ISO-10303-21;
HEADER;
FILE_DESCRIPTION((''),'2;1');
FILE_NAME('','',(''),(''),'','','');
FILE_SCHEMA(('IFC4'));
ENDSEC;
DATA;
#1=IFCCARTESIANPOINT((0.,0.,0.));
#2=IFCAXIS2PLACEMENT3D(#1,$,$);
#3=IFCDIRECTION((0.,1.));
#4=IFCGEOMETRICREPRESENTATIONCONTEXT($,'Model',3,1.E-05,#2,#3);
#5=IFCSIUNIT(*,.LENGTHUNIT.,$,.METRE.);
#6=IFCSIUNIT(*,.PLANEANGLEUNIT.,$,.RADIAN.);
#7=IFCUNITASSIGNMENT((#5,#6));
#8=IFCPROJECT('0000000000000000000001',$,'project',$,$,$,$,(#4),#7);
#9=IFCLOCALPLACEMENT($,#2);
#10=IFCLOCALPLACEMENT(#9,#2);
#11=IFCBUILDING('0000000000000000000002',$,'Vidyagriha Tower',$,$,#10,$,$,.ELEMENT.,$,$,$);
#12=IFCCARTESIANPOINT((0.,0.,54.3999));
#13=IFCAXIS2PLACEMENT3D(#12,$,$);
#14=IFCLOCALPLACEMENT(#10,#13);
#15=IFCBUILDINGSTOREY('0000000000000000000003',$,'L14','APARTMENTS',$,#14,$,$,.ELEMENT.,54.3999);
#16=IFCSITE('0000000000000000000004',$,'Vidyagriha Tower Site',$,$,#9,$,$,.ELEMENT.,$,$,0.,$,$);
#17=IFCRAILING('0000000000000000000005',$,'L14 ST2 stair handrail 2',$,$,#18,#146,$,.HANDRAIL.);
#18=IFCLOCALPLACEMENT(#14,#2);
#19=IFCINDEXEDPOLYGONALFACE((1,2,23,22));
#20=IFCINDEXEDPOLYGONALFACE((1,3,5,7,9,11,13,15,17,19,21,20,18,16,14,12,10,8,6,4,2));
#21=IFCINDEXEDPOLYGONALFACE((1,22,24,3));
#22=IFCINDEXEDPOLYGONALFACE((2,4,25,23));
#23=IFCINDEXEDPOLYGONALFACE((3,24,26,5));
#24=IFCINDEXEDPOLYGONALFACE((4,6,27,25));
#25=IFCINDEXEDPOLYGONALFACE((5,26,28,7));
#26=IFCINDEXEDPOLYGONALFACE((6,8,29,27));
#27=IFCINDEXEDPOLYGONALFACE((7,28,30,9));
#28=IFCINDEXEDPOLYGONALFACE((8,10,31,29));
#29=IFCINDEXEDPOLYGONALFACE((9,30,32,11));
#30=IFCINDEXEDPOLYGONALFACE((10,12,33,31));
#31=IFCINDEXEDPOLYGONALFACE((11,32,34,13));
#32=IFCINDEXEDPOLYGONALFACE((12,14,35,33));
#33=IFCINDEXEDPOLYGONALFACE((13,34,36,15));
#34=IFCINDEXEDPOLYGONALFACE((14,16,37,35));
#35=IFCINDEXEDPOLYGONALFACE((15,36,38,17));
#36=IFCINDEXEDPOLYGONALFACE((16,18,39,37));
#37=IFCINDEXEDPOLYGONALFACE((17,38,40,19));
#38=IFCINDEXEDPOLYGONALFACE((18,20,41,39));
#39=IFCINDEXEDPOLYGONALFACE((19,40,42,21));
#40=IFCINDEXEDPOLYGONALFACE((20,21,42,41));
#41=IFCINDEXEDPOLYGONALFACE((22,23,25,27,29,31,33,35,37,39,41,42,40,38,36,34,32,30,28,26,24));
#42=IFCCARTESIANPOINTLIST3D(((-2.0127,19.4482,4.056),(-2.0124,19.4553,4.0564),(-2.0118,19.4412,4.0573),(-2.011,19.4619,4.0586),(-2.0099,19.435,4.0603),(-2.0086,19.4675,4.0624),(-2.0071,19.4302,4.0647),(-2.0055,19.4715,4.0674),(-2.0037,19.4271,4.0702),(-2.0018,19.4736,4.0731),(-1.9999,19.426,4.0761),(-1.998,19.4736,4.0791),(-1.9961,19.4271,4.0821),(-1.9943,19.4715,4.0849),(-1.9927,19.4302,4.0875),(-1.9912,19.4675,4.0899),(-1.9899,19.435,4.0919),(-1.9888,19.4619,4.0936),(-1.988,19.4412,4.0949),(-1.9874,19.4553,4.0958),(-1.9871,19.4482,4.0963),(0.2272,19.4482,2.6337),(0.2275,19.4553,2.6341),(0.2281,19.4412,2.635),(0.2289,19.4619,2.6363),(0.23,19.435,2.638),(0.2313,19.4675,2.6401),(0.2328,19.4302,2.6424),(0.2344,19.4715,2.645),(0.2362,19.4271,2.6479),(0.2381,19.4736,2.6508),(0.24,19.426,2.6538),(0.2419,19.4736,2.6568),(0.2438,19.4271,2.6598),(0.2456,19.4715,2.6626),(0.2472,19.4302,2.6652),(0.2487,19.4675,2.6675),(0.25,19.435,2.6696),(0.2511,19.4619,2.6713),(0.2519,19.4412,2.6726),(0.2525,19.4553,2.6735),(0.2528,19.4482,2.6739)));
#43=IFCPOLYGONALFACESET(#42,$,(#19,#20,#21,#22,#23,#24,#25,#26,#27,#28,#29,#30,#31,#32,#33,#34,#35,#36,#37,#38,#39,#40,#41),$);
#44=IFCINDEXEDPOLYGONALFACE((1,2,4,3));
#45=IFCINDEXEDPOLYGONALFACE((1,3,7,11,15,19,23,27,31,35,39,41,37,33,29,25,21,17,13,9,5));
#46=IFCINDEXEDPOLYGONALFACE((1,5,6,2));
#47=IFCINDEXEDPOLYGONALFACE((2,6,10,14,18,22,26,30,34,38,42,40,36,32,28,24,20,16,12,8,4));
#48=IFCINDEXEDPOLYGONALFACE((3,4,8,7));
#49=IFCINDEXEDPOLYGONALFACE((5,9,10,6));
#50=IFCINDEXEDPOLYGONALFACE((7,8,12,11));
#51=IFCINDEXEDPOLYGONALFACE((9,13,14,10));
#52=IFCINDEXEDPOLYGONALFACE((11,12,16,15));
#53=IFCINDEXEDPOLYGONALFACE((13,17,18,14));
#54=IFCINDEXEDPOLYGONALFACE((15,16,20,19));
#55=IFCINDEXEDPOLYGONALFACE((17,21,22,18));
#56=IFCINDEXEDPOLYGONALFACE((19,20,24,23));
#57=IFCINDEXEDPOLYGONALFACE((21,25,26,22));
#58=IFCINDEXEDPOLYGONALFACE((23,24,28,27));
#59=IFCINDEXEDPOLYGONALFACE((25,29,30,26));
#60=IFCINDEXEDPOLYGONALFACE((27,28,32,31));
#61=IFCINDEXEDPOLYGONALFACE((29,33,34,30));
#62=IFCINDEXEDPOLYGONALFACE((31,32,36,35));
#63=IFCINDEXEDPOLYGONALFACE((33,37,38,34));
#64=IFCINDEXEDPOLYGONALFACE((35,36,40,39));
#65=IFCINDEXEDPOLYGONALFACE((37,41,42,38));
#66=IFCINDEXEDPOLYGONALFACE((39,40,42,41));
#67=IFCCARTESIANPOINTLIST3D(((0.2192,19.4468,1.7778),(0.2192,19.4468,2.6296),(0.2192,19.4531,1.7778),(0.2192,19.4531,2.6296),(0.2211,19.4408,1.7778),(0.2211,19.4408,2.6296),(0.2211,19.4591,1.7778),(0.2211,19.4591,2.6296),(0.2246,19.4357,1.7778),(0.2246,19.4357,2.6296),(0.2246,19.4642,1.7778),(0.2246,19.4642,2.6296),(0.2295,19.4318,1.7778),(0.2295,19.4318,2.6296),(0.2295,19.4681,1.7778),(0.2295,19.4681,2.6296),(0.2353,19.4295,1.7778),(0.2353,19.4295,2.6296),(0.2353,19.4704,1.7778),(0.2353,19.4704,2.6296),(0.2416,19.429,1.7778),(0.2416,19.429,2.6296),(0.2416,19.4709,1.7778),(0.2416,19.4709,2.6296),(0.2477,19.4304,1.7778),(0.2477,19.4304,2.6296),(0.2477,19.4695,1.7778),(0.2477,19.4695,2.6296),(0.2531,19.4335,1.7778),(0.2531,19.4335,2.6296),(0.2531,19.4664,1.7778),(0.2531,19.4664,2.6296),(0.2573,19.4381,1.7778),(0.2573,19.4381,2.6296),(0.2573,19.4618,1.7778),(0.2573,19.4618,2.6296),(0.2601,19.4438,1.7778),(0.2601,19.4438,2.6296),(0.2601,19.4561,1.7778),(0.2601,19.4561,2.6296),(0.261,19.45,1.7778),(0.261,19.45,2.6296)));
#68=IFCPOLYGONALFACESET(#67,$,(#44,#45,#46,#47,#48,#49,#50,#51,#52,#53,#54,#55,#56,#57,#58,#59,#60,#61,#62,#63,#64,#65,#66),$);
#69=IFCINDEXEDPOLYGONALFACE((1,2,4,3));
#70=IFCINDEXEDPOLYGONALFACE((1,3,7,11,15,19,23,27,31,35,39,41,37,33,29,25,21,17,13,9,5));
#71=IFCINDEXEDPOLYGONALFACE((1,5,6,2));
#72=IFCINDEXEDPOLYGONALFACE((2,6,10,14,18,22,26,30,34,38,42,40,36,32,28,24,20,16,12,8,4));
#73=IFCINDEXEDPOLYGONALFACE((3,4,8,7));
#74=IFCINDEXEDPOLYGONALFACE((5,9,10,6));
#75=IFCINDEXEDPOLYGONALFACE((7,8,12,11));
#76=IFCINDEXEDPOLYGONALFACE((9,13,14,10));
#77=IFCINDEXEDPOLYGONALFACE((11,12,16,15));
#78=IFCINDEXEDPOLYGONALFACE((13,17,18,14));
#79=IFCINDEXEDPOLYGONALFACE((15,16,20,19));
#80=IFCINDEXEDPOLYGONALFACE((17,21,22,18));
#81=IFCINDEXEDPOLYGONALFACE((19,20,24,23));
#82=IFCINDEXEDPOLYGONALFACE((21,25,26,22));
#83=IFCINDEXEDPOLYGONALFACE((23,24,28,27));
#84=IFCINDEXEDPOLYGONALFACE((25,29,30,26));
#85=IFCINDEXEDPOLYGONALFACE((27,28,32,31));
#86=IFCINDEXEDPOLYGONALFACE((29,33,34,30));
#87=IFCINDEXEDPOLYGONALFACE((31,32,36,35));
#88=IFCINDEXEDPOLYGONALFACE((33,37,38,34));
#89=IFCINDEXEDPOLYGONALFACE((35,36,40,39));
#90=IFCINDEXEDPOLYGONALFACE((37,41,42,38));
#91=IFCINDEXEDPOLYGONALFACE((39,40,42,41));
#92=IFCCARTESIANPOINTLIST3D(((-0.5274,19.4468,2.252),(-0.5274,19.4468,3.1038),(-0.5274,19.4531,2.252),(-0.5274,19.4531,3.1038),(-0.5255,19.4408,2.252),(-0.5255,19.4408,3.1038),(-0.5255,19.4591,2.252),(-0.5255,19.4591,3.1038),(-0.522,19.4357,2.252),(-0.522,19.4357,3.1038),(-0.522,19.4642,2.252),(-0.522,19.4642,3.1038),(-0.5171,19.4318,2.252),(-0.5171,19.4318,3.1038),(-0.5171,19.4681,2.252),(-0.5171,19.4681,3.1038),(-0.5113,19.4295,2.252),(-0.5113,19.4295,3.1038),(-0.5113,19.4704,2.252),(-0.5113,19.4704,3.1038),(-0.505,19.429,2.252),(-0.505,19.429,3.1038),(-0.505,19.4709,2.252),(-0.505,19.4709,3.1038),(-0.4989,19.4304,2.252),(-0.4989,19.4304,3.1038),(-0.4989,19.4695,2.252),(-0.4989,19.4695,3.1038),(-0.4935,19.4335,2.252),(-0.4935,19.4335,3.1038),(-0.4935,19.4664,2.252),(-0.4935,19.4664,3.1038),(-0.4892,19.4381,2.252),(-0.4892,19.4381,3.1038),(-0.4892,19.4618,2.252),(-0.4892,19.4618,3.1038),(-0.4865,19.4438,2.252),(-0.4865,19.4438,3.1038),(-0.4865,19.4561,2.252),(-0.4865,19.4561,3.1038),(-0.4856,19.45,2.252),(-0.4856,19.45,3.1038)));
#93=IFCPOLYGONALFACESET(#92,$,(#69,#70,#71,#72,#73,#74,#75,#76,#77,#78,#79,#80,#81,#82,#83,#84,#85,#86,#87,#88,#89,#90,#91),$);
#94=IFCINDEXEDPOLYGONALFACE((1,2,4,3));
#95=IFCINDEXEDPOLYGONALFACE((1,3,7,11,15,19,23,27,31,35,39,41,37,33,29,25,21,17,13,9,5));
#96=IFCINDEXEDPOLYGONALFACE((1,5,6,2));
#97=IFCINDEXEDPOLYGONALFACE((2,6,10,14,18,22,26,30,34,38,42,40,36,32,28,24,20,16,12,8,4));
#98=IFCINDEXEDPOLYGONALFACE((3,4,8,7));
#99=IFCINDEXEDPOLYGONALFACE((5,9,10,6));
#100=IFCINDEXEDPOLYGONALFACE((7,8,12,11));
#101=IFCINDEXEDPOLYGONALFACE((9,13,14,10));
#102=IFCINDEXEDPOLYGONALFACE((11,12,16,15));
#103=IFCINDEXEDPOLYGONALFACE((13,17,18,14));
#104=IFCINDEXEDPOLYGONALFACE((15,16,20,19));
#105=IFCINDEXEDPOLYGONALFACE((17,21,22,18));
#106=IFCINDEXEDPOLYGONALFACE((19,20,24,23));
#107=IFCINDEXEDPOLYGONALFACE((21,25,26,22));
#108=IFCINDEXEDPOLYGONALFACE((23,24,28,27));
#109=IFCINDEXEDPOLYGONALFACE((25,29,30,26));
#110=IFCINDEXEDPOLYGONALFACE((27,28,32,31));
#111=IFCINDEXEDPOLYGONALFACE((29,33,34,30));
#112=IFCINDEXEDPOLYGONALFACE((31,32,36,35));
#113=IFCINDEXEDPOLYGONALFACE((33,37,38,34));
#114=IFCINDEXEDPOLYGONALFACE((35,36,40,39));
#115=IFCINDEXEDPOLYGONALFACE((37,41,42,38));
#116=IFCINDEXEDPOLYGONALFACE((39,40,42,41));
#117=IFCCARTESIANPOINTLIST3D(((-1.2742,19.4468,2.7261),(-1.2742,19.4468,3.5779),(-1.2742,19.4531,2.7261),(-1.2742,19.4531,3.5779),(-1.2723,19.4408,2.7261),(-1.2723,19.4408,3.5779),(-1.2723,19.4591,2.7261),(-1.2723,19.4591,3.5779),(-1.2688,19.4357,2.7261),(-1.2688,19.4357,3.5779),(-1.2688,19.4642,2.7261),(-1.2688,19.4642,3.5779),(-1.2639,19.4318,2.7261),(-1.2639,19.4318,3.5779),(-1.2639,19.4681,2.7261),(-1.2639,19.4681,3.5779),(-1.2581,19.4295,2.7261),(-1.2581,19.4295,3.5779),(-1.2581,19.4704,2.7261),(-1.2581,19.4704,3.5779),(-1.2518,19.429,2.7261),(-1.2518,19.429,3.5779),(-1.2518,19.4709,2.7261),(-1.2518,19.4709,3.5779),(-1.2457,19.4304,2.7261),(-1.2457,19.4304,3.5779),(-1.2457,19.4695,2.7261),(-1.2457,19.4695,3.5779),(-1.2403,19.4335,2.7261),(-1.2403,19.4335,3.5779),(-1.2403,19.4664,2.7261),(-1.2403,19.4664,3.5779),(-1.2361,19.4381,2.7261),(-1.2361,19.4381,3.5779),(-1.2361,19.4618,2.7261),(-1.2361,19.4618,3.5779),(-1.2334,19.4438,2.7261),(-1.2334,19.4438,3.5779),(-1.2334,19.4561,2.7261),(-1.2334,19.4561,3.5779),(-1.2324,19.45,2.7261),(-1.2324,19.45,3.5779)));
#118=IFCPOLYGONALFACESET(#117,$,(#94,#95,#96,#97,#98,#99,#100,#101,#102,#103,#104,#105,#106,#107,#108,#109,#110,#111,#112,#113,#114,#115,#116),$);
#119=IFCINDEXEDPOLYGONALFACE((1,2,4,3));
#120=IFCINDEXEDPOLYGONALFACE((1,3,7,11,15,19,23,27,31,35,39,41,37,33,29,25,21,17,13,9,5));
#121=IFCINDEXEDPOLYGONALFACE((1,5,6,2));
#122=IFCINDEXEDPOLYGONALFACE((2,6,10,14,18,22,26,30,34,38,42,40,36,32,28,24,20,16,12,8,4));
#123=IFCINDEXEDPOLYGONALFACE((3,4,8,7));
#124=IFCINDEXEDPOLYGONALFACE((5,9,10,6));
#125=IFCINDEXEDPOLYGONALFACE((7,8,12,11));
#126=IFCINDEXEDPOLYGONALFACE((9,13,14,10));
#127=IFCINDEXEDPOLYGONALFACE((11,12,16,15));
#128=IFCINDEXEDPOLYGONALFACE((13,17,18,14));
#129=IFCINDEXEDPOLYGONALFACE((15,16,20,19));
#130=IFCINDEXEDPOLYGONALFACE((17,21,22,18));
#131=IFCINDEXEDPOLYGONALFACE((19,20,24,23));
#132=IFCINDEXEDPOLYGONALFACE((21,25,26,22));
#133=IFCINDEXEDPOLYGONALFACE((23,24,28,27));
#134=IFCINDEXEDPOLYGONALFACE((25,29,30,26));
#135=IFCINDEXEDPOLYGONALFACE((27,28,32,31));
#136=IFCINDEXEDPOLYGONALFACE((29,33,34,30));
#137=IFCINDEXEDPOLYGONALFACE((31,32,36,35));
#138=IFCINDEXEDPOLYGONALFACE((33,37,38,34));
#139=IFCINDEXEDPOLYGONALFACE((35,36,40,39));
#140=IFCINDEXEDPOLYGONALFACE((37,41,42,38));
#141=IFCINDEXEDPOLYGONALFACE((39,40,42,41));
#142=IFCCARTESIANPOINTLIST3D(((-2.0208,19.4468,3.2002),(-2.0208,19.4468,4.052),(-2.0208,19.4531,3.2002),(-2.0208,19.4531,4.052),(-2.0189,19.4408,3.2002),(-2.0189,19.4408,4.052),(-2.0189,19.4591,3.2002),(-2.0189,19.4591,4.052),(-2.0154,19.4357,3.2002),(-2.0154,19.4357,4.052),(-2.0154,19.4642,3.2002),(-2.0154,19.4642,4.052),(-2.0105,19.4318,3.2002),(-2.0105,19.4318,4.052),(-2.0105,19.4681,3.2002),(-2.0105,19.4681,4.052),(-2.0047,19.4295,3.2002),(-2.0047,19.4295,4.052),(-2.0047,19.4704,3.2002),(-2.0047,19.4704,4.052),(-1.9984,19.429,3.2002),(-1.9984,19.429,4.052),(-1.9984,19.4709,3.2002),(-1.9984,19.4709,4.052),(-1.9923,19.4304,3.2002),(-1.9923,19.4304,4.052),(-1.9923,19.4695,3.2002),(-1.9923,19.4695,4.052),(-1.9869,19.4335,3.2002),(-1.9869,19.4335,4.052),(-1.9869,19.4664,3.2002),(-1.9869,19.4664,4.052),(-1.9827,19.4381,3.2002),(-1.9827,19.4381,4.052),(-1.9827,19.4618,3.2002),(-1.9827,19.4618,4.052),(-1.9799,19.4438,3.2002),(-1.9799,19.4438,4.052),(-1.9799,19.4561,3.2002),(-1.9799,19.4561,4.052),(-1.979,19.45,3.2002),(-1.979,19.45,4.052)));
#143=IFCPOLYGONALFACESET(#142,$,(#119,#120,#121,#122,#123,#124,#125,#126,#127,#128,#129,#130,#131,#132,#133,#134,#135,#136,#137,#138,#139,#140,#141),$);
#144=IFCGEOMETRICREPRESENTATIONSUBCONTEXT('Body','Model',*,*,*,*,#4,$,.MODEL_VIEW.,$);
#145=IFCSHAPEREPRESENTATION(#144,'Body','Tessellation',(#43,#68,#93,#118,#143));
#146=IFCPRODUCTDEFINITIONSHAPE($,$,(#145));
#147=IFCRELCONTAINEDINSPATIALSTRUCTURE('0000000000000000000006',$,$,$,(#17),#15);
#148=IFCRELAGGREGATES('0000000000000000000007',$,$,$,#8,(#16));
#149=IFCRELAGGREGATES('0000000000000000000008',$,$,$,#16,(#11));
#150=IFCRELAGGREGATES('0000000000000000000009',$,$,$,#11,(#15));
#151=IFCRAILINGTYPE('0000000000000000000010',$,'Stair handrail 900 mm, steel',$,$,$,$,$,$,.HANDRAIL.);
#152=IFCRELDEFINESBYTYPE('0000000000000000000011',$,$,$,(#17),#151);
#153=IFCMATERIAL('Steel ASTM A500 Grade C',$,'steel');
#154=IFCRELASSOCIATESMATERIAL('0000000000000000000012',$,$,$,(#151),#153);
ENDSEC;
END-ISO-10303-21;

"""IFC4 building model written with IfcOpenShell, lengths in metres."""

from ifc_helpers import new_model, si_unit, direction, frame, origin, origin_2d, place, context, subcontext, project, spatial, circle, extrude, material, type_object, element, save


model = new_model("IFC4")

# Units and contexts
model_context = context("Model", 3, precision=1e-05, world=origin(), true_north=direction((0.0, 1.0)))
body_context = subcontext(model_context, "Body", "Model", "MODEL_VIEW")
ifc_project = project(units=[si_unit("LENGTHUNIT", "METRE"), si_unit("PLANEANGLEUNIT", "RADIAN")], contexts=[model_context])

# Site, building, storey
site_placement = place(None, origin())
site = spatial("IfcSite", under=ifc_project, at=site_placement, Name="Vidyagriha Tower Site", CompositionType="ELEMENT", RefElevation=0.0)
building_placement = place(site_placement, origin())
building = spatial("IfcBuilding", under=site, at=building_placement, Name="Vidyagriha Tower", CompositionType="ELEMENT")
storey_placement = place(building_placement, frame((0.0, 0.0, 54.3999)))
storey = spatial("IfcBuildingStorey", under=building, at=storey_placement, Name="L14", Description="APARTMENTS", CompositionType="ELEMENT", Elevation=54.3999)

# Railing
ifc_material_1 = material(Name="Steel ASTM A500 Grade C", Category="steel")
railing_type_1 = type_object("IfcRailingType", Name="Stair handrail 900 mm, steel", PredefinedType="HANDRAIL", material=ifc_material_1)
railing_1_placement = place(storey_placement, frame((0.24, 19.45, 1.7778)))
element("IfcRailing", 1, at=railing_1_placement, inside=storey, type_object=railing_type_1, Name="L14 ST2 stair handrail 2", PredefinedType="HANDRAIL", context=body_context, shape_type="SweptSolid", body=[
    extrude(circle(Radius=0.0239, at=origin_2d()), frame((0.0, 0.0, 0.876), z_axis=(-0.844188, 0.0, 0.536048), x_axis=(0.0, -1.0, 0.0)), (0.0, 0.0, 1.0), 2.6533),
    extrude(circle(Radius=0.021, at=origin_2d()), origin(), (0.0, 0.0, 1.0), 0.8518),
    extrude(circle(Radius=0.021, at=origin_2d()), frame((-0.7466, 0.0, 0.4741)), (0.0, 0.0, 1.0), 0.8518),
    extrude(circle(Radius=0.021, at=origin_2d()), frame((-1.4934, 0.0, 0.9482)), (0.0, 0.0, 1.0), 0.8518),
    extrude(circle(Radius=0.021, at=origin_2d()), frame((-2.24, 0.0, 1.4224)), (0.0, 0.0, 1.0), 0.8518),
])

save(model, "model.ifc")
